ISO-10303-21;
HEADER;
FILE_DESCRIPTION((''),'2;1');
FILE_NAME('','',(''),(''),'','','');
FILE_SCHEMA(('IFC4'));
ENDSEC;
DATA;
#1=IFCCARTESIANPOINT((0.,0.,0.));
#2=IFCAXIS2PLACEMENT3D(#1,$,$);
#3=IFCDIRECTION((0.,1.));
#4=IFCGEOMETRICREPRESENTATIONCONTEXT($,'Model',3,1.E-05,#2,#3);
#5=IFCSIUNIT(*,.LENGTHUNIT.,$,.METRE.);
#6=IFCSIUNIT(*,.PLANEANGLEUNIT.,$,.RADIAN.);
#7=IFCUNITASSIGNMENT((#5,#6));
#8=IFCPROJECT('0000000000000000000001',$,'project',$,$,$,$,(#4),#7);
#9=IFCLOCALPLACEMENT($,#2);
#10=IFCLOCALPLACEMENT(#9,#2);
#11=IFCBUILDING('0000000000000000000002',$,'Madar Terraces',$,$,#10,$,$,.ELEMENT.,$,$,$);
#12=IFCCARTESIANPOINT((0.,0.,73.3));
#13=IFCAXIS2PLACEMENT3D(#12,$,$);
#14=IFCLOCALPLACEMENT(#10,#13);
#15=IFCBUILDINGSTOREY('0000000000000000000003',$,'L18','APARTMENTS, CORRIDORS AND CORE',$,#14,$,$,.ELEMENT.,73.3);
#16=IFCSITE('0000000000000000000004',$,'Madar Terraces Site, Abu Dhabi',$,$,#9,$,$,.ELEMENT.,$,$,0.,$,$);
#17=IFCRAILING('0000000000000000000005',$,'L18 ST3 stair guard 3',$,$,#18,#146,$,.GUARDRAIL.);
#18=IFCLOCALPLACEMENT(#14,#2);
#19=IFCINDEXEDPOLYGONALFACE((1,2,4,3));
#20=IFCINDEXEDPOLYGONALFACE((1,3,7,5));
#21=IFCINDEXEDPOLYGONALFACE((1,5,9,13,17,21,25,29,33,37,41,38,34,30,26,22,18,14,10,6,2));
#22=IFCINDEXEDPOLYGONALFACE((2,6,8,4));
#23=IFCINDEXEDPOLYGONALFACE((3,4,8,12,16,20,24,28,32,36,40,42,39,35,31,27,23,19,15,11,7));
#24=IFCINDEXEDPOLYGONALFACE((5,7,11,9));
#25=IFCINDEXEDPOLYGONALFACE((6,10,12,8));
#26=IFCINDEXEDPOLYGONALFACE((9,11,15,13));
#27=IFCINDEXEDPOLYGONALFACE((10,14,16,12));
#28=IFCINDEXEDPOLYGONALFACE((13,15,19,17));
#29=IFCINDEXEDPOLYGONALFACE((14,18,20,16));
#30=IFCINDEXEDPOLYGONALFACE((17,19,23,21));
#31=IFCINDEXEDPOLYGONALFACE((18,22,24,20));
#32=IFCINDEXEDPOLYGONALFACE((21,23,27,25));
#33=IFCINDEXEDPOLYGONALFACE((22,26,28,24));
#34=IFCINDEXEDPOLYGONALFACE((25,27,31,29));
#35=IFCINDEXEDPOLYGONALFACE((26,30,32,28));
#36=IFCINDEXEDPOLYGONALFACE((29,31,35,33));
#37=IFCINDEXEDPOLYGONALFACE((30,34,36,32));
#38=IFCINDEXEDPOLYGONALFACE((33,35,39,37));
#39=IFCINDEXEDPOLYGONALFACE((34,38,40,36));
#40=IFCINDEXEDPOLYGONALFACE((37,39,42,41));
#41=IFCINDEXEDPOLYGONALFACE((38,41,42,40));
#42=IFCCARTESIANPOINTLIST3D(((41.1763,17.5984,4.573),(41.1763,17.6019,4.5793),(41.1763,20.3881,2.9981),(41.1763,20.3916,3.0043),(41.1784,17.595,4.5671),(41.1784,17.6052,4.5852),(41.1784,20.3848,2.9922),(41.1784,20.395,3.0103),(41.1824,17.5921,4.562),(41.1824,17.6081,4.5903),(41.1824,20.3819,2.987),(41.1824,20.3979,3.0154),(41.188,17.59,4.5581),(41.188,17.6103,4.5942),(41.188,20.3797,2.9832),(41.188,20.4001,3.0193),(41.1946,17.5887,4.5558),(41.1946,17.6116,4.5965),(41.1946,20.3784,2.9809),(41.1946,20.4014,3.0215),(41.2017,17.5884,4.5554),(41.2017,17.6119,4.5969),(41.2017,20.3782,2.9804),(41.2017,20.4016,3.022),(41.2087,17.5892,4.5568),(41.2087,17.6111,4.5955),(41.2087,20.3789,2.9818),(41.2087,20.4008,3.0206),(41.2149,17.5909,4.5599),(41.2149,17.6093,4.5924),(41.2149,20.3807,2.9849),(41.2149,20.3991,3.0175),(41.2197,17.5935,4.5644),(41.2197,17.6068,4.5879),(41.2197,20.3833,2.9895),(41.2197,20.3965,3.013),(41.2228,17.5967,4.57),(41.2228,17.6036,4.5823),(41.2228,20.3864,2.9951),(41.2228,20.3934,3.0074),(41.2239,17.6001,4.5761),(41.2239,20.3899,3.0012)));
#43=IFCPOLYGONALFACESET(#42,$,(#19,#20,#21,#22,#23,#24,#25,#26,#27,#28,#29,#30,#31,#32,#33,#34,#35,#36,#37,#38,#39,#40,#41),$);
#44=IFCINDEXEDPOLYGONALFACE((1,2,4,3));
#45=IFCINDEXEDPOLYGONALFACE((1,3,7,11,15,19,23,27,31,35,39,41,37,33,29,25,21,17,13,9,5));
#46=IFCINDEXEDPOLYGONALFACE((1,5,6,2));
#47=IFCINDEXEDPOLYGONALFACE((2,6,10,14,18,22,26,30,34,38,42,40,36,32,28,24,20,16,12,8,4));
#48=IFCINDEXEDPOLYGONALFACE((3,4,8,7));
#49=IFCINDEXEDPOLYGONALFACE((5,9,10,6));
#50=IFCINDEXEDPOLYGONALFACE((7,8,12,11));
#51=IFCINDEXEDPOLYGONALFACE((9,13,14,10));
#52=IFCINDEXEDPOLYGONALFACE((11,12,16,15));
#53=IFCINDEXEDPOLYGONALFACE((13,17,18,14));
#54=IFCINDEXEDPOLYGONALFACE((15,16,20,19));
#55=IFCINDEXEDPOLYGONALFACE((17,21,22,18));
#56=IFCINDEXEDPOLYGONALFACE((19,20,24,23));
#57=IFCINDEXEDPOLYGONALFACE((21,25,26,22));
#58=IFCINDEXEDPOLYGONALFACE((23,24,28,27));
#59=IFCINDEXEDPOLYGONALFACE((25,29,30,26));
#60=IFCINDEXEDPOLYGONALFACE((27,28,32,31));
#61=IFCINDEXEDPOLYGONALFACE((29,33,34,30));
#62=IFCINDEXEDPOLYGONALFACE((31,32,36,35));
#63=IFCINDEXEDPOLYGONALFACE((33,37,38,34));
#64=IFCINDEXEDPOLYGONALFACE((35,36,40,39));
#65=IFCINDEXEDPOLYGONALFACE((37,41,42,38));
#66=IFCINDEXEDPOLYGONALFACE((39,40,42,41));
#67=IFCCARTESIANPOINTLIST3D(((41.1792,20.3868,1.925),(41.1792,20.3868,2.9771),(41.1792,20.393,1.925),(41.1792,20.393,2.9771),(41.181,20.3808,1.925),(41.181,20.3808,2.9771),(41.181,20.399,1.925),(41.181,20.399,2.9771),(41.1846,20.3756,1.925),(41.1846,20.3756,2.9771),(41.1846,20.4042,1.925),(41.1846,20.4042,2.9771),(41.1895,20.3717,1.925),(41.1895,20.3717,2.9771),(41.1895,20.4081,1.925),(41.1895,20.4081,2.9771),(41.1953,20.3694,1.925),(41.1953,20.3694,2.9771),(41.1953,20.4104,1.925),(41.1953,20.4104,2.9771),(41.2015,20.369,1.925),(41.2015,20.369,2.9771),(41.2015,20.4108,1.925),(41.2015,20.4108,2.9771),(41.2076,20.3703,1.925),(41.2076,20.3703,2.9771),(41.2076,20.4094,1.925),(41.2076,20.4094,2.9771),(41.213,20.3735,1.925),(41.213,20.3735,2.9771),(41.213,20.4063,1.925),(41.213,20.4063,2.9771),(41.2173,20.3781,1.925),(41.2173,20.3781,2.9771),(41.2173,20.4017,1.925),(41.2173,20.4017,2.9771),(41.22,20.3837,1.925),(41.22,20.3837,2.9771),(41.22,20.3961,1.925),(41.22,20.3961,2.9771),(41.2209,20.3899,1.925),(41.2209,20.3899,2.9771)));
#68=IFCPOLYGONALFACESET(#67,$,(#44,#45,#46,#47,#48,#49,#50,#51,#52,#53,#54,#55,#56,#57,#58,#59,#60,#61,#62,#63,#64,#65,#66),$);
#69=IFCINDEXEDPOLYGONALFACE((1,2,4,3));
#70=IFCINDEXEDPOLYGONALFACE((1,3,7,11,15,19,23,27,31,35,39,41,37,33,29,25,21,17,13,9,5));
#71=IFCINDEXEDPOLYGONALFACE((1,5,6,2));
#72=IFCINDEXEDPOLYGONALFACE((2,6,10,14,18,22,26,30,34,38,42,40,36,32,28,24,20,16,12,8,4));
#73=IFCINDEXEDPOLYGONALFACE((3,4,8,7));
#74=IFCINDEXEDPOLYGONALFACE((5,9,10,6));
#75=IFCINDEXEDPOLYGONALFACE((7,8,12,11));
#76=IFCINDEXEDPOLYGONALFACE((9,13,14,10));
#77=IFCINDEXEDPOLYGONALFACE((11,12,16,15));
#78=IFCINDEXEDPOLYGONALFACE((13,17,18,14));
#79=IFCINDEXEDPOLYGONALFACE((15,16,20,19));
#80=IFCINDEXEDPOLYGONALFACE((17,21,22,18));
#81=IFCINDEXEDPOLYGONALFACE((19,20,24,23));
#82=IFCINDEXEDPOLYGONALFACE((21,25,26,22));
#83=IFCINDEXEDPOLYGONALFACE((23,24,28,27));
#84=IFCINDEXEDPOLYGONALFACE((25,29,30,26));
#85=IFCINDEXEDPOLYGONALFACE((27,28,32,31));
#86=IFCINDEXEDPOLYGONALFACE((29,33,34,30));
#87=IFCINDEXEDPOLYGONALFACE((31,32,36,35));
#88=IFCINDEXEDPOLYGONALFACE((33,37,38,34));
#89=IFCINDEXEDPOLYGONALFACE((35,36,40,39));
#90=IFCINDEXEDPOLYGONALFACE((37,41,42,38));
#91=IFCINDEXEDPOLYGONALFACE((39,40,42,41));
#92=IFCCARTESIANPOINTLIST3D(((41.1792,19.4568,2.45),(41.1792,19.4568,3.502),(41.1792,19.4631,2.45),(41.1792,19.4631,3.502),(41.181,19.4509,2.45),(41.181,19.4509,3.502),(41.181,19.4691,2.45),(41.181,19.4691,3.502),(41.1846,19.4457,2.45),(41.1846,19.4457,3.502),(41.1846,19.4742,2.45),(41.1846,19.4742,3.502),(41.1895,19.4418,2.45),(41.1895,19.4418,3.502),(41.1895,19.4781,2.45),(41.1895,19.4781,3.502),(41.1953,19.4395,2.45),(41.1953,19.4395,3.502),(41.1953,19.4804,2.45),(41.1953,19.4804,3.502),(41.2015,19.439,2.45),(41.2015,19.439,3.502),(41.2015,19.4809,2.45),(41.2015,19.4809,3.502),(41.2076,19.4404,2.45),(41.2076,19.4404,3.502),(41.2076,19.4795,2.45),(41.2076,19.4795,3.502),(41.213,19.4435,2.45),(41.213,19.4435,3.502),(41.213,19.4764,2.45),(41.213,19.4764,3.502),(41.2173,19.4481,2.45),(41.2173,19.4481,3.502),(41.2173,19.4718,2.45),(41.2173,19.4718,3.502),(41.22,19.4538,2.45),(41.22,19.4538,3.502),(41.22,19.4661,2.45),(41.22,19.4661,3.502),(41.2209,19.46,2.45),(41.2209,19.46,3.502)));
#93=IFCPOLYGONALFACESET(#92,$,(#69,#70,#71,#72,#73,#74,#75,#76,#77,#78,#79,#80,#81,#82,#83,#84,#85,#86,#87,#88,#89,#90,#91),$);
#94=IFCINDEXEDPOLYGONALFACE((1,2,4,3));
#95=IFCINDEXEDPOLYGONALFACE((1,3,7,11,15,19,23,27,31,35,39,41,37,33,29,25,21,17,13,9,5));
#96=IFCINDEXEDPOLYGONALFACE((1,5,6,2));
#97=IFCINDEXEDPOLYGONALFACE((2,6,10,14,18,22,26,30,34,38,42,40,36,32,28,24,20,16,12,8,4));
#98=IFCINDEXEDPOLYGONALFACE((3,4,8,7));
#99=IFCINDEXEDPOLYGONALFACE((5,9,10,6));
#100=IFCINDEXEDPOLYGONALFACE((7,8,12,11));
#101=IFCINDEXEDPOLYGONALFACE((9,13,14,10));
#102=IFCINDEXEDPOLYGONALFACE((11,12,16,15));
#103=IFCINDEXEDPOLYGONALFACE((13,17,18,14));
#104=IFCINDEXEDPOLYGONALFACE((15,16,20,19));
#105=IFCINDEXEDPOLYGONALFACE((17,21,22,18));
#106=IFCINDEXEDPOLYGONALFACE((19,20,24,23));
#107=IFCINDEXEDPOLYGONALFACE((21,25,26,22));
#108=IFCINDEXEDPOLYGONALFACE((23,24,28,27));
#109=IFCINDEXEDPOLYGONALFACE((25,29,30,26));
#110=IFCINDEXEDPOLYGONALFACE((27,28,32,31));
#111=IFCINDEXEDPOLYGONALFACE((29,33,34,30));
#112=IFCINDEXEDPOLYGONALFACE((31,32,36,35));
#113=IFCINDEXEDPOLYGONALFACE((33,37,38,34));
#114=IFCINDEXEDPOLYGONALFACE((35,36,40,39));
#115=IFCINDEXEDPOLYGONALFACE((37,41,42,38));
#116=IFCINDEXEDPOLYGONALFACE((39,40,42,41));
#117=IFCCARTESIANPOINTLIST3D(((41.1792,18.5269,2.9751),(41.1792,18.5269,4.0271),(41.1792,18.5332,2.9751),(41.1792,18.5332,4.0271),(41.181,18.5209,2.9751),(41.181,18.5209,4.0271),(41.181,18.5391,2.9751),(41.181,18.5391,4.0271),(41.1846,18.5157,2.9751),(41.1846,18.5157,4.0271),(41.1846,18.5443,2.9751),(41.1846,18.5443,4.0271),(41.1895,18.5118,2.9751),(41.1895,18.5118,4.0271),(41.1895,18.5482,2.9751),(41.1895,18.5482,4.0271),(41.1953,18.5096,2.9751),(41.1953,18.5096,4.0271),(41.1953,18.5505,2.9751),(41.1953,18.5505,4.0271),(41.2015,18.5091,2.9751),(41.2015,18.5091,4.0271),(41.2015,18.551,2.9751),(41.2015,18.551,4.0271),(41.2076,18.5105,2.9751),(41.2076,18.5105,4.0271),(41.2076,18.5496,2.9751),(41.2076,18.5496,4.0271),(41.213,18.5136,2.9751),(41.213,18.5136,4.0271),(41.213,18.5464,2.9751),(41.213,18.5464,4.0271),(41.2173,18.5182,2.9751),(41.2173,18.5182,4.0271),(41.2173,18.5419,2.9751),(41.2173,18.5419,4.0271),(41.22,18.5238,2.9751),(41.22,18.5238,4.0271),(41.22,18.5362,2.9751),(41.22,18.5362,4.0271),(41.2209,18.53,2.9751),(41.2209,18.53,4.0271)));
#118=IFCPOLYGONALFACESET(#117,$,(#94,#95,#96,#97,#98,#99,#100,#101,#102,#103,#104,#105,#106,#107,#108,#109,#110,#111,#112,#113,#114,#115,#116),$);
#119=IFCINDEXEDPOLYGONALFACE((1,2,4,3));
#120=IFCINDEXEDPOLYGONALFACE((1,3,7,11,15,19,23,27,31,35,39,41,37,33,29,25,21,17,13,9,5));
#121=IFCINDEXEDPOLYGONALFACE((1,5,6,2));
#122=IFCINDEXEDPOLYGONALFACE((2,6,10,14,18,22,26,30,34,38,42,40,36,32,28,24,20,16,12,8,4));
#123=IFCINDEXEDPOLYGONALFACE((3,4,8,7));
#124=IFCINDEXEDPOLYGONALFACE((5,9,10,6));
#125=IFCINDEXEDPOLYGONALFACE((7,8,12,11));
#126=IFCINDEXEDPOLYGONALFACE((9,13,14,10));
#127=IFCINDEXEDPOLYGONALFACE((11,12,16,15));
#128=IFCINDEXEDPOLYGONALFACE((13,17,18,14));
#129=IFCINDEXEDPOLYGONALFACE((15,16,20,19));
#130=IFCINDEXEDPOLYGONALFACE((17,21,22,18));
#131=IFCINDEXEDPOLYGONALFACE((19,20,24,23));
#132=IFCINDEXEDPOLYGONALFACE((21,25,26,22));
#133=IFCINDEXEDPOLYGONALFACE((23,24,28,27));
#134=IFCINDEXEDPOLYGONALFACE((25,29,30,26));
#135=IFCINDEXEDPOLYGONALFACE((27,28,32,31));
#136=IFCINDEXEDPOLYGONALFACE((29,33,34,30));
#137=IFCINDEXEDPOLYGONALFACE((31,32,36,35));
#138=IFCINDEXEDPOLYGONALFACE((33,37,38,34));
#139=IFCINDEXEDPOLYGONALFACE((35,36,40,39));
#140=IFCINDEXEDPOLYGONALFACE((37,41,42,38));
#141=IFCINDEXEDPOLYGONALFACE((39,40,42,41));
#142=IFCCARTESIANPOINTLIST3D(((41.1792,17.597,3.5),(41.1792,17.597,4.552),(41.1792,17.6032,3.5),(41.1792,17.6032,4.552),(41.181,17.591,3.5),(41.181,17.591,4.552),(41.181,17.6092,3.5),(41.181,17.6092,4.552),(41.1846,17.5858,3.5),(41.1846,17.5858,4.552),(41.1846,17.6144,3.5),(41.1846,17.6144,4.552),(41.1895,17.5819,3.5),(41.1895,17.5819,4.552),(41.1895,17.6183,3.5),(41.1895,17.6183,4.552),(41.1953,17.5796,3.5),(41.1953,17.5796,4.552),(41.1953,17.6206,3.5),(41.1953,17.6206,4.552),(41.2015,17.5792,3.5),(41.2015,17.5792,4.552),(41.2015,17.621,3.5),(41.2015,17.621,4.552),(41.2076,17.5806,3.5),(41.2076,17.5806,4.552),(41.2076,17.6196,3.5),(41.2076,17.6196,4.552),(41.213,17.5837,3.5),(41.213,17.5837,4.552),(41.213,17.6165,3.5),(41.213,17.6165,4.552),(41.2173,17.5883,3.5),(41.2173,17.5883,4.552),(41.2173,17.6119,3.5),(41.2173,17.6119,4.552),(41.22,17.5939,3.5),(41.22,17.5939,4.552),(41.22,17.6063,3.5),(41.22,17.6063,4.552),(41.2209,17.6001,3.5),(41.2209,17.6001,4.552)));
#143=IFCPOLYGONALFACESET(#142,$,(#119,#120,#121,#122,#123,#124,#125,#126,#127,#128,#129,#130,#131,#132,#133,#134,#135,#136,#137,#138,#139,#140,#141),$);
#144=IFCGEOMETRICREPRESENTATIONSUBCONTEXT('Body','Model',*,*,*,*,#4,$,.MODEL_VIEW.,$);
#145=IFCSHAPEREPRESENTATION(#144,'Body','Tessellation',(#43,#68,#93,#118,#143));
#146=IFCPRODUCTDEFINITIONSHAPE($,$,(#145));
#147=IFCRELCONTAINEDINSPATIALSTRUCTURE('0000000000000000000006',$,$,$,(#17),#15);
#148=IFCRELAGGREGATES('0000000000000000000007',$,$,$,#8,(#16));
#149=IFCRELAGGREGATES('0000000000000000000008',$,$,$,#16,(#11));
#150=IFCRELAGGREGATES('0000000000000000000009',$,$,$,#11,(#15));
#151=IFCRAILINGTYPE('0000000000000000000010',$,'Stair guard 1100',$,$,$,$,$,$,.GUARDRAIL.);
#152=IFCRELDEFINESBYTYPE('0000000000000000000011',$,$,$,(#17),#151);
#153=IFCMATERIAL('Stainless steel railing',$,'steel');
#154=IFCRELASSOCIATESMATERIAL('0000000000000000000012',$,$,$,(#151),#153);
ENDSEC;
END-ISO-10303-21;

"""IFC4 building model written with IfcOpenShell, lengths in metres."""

from ifc_helpers import new_model, si_unit, direction, frame, origin, origin_2d, place, context, subcontext, project, spatial, circle, extrude, material, type_object, element, save


model = new_model("IFC4")

# Units and contexts
model_context = context("Model", 3, precision=1e-05, world=origin(), true_north=direction((0.0, 1.0)))
body_context = subcontext(model_context, "Body", "Model", "MODEL_VIEW")
ifc_project = project(units=[si_unit("LENGTHUNIT", "METRE"), si_unit("PLANEANGLEUNIT", "RADIAN")], contexts=[model_context])

# Site, building, storey
site_placement = place(None, origin())
site = spatial("IfcSite", under=ifc_project, at=site_placement, Name="Madar Terraces Site, Abu Dhabi", CompositionType="ELEMENT", RefElevation=0.0)
building_placement = place(site_placement, origin())
building = spatial("IfcBuilding", under=site, at=building_placement, Name="Madar Terraces", CompositionType="ELEMENT")
storey_placement = place(building_placement, frame((0.0, 0.0, 73.3)))
storey = spatial("IfcBuildingStorey", under=building, at=storey_placement, Name="L18", Description="APARTMENTS, CORRIDORS AND CORE", CompositionType="ELEMENT", Elevation=73.3)

# Railing
ifc_material_1 = material(Name="Stainless steel railing", Category="steel")
railing_type_1 = type_object("IfcRailingType", Name="Stair guard 1100", PredefinedType="GUARDRAIL", material=ifc_material_1)
railing_1_placement = place(storey_placement, frame((41.2, 20.3899, 1.925)))
element("IfcRailing", 1, at=railing_1_placement, inside=storey, type_object=railing_type_1, Name="L18 ST3 stair guard 3", PredefinedType="GUARDRAIL", context=body_context, shape_type="SweptSolid", body=[
    extrude(circle(Radius=0.0239, at=origin_2d()), frame((0.0, 0.0, 1.0762), z_axis=(0.0, -0.870815, 0.49161), x_axis=(1.0, 0.0, 0.0)), (0.0, 0.0, 1.0), 3.2036),
    extrude(circle(Radius=0.021, at=origin_2d()), origin(), (0.0, 0.0, 1.0), 1.052),
    extrude(circle(Radius=0.021, at=origin_2d()), frame((0.0, -0.9299, 0.5249)), (0.0, 0.0, 1.0), 1.052),
    extrude(circle(Radius=0.021, at=origin_2d()), frame((0.0, -1.8599, 1.05)), (0.0, 0.0, 1.0), 1.052),
    extrude(circle(Radius=0.021, at=origin_2d()), frame((0.0, -2.7898, 1.575)), (0.0, 0.0, 1.0), 1.052),
])

save(model, "model.ifc")
